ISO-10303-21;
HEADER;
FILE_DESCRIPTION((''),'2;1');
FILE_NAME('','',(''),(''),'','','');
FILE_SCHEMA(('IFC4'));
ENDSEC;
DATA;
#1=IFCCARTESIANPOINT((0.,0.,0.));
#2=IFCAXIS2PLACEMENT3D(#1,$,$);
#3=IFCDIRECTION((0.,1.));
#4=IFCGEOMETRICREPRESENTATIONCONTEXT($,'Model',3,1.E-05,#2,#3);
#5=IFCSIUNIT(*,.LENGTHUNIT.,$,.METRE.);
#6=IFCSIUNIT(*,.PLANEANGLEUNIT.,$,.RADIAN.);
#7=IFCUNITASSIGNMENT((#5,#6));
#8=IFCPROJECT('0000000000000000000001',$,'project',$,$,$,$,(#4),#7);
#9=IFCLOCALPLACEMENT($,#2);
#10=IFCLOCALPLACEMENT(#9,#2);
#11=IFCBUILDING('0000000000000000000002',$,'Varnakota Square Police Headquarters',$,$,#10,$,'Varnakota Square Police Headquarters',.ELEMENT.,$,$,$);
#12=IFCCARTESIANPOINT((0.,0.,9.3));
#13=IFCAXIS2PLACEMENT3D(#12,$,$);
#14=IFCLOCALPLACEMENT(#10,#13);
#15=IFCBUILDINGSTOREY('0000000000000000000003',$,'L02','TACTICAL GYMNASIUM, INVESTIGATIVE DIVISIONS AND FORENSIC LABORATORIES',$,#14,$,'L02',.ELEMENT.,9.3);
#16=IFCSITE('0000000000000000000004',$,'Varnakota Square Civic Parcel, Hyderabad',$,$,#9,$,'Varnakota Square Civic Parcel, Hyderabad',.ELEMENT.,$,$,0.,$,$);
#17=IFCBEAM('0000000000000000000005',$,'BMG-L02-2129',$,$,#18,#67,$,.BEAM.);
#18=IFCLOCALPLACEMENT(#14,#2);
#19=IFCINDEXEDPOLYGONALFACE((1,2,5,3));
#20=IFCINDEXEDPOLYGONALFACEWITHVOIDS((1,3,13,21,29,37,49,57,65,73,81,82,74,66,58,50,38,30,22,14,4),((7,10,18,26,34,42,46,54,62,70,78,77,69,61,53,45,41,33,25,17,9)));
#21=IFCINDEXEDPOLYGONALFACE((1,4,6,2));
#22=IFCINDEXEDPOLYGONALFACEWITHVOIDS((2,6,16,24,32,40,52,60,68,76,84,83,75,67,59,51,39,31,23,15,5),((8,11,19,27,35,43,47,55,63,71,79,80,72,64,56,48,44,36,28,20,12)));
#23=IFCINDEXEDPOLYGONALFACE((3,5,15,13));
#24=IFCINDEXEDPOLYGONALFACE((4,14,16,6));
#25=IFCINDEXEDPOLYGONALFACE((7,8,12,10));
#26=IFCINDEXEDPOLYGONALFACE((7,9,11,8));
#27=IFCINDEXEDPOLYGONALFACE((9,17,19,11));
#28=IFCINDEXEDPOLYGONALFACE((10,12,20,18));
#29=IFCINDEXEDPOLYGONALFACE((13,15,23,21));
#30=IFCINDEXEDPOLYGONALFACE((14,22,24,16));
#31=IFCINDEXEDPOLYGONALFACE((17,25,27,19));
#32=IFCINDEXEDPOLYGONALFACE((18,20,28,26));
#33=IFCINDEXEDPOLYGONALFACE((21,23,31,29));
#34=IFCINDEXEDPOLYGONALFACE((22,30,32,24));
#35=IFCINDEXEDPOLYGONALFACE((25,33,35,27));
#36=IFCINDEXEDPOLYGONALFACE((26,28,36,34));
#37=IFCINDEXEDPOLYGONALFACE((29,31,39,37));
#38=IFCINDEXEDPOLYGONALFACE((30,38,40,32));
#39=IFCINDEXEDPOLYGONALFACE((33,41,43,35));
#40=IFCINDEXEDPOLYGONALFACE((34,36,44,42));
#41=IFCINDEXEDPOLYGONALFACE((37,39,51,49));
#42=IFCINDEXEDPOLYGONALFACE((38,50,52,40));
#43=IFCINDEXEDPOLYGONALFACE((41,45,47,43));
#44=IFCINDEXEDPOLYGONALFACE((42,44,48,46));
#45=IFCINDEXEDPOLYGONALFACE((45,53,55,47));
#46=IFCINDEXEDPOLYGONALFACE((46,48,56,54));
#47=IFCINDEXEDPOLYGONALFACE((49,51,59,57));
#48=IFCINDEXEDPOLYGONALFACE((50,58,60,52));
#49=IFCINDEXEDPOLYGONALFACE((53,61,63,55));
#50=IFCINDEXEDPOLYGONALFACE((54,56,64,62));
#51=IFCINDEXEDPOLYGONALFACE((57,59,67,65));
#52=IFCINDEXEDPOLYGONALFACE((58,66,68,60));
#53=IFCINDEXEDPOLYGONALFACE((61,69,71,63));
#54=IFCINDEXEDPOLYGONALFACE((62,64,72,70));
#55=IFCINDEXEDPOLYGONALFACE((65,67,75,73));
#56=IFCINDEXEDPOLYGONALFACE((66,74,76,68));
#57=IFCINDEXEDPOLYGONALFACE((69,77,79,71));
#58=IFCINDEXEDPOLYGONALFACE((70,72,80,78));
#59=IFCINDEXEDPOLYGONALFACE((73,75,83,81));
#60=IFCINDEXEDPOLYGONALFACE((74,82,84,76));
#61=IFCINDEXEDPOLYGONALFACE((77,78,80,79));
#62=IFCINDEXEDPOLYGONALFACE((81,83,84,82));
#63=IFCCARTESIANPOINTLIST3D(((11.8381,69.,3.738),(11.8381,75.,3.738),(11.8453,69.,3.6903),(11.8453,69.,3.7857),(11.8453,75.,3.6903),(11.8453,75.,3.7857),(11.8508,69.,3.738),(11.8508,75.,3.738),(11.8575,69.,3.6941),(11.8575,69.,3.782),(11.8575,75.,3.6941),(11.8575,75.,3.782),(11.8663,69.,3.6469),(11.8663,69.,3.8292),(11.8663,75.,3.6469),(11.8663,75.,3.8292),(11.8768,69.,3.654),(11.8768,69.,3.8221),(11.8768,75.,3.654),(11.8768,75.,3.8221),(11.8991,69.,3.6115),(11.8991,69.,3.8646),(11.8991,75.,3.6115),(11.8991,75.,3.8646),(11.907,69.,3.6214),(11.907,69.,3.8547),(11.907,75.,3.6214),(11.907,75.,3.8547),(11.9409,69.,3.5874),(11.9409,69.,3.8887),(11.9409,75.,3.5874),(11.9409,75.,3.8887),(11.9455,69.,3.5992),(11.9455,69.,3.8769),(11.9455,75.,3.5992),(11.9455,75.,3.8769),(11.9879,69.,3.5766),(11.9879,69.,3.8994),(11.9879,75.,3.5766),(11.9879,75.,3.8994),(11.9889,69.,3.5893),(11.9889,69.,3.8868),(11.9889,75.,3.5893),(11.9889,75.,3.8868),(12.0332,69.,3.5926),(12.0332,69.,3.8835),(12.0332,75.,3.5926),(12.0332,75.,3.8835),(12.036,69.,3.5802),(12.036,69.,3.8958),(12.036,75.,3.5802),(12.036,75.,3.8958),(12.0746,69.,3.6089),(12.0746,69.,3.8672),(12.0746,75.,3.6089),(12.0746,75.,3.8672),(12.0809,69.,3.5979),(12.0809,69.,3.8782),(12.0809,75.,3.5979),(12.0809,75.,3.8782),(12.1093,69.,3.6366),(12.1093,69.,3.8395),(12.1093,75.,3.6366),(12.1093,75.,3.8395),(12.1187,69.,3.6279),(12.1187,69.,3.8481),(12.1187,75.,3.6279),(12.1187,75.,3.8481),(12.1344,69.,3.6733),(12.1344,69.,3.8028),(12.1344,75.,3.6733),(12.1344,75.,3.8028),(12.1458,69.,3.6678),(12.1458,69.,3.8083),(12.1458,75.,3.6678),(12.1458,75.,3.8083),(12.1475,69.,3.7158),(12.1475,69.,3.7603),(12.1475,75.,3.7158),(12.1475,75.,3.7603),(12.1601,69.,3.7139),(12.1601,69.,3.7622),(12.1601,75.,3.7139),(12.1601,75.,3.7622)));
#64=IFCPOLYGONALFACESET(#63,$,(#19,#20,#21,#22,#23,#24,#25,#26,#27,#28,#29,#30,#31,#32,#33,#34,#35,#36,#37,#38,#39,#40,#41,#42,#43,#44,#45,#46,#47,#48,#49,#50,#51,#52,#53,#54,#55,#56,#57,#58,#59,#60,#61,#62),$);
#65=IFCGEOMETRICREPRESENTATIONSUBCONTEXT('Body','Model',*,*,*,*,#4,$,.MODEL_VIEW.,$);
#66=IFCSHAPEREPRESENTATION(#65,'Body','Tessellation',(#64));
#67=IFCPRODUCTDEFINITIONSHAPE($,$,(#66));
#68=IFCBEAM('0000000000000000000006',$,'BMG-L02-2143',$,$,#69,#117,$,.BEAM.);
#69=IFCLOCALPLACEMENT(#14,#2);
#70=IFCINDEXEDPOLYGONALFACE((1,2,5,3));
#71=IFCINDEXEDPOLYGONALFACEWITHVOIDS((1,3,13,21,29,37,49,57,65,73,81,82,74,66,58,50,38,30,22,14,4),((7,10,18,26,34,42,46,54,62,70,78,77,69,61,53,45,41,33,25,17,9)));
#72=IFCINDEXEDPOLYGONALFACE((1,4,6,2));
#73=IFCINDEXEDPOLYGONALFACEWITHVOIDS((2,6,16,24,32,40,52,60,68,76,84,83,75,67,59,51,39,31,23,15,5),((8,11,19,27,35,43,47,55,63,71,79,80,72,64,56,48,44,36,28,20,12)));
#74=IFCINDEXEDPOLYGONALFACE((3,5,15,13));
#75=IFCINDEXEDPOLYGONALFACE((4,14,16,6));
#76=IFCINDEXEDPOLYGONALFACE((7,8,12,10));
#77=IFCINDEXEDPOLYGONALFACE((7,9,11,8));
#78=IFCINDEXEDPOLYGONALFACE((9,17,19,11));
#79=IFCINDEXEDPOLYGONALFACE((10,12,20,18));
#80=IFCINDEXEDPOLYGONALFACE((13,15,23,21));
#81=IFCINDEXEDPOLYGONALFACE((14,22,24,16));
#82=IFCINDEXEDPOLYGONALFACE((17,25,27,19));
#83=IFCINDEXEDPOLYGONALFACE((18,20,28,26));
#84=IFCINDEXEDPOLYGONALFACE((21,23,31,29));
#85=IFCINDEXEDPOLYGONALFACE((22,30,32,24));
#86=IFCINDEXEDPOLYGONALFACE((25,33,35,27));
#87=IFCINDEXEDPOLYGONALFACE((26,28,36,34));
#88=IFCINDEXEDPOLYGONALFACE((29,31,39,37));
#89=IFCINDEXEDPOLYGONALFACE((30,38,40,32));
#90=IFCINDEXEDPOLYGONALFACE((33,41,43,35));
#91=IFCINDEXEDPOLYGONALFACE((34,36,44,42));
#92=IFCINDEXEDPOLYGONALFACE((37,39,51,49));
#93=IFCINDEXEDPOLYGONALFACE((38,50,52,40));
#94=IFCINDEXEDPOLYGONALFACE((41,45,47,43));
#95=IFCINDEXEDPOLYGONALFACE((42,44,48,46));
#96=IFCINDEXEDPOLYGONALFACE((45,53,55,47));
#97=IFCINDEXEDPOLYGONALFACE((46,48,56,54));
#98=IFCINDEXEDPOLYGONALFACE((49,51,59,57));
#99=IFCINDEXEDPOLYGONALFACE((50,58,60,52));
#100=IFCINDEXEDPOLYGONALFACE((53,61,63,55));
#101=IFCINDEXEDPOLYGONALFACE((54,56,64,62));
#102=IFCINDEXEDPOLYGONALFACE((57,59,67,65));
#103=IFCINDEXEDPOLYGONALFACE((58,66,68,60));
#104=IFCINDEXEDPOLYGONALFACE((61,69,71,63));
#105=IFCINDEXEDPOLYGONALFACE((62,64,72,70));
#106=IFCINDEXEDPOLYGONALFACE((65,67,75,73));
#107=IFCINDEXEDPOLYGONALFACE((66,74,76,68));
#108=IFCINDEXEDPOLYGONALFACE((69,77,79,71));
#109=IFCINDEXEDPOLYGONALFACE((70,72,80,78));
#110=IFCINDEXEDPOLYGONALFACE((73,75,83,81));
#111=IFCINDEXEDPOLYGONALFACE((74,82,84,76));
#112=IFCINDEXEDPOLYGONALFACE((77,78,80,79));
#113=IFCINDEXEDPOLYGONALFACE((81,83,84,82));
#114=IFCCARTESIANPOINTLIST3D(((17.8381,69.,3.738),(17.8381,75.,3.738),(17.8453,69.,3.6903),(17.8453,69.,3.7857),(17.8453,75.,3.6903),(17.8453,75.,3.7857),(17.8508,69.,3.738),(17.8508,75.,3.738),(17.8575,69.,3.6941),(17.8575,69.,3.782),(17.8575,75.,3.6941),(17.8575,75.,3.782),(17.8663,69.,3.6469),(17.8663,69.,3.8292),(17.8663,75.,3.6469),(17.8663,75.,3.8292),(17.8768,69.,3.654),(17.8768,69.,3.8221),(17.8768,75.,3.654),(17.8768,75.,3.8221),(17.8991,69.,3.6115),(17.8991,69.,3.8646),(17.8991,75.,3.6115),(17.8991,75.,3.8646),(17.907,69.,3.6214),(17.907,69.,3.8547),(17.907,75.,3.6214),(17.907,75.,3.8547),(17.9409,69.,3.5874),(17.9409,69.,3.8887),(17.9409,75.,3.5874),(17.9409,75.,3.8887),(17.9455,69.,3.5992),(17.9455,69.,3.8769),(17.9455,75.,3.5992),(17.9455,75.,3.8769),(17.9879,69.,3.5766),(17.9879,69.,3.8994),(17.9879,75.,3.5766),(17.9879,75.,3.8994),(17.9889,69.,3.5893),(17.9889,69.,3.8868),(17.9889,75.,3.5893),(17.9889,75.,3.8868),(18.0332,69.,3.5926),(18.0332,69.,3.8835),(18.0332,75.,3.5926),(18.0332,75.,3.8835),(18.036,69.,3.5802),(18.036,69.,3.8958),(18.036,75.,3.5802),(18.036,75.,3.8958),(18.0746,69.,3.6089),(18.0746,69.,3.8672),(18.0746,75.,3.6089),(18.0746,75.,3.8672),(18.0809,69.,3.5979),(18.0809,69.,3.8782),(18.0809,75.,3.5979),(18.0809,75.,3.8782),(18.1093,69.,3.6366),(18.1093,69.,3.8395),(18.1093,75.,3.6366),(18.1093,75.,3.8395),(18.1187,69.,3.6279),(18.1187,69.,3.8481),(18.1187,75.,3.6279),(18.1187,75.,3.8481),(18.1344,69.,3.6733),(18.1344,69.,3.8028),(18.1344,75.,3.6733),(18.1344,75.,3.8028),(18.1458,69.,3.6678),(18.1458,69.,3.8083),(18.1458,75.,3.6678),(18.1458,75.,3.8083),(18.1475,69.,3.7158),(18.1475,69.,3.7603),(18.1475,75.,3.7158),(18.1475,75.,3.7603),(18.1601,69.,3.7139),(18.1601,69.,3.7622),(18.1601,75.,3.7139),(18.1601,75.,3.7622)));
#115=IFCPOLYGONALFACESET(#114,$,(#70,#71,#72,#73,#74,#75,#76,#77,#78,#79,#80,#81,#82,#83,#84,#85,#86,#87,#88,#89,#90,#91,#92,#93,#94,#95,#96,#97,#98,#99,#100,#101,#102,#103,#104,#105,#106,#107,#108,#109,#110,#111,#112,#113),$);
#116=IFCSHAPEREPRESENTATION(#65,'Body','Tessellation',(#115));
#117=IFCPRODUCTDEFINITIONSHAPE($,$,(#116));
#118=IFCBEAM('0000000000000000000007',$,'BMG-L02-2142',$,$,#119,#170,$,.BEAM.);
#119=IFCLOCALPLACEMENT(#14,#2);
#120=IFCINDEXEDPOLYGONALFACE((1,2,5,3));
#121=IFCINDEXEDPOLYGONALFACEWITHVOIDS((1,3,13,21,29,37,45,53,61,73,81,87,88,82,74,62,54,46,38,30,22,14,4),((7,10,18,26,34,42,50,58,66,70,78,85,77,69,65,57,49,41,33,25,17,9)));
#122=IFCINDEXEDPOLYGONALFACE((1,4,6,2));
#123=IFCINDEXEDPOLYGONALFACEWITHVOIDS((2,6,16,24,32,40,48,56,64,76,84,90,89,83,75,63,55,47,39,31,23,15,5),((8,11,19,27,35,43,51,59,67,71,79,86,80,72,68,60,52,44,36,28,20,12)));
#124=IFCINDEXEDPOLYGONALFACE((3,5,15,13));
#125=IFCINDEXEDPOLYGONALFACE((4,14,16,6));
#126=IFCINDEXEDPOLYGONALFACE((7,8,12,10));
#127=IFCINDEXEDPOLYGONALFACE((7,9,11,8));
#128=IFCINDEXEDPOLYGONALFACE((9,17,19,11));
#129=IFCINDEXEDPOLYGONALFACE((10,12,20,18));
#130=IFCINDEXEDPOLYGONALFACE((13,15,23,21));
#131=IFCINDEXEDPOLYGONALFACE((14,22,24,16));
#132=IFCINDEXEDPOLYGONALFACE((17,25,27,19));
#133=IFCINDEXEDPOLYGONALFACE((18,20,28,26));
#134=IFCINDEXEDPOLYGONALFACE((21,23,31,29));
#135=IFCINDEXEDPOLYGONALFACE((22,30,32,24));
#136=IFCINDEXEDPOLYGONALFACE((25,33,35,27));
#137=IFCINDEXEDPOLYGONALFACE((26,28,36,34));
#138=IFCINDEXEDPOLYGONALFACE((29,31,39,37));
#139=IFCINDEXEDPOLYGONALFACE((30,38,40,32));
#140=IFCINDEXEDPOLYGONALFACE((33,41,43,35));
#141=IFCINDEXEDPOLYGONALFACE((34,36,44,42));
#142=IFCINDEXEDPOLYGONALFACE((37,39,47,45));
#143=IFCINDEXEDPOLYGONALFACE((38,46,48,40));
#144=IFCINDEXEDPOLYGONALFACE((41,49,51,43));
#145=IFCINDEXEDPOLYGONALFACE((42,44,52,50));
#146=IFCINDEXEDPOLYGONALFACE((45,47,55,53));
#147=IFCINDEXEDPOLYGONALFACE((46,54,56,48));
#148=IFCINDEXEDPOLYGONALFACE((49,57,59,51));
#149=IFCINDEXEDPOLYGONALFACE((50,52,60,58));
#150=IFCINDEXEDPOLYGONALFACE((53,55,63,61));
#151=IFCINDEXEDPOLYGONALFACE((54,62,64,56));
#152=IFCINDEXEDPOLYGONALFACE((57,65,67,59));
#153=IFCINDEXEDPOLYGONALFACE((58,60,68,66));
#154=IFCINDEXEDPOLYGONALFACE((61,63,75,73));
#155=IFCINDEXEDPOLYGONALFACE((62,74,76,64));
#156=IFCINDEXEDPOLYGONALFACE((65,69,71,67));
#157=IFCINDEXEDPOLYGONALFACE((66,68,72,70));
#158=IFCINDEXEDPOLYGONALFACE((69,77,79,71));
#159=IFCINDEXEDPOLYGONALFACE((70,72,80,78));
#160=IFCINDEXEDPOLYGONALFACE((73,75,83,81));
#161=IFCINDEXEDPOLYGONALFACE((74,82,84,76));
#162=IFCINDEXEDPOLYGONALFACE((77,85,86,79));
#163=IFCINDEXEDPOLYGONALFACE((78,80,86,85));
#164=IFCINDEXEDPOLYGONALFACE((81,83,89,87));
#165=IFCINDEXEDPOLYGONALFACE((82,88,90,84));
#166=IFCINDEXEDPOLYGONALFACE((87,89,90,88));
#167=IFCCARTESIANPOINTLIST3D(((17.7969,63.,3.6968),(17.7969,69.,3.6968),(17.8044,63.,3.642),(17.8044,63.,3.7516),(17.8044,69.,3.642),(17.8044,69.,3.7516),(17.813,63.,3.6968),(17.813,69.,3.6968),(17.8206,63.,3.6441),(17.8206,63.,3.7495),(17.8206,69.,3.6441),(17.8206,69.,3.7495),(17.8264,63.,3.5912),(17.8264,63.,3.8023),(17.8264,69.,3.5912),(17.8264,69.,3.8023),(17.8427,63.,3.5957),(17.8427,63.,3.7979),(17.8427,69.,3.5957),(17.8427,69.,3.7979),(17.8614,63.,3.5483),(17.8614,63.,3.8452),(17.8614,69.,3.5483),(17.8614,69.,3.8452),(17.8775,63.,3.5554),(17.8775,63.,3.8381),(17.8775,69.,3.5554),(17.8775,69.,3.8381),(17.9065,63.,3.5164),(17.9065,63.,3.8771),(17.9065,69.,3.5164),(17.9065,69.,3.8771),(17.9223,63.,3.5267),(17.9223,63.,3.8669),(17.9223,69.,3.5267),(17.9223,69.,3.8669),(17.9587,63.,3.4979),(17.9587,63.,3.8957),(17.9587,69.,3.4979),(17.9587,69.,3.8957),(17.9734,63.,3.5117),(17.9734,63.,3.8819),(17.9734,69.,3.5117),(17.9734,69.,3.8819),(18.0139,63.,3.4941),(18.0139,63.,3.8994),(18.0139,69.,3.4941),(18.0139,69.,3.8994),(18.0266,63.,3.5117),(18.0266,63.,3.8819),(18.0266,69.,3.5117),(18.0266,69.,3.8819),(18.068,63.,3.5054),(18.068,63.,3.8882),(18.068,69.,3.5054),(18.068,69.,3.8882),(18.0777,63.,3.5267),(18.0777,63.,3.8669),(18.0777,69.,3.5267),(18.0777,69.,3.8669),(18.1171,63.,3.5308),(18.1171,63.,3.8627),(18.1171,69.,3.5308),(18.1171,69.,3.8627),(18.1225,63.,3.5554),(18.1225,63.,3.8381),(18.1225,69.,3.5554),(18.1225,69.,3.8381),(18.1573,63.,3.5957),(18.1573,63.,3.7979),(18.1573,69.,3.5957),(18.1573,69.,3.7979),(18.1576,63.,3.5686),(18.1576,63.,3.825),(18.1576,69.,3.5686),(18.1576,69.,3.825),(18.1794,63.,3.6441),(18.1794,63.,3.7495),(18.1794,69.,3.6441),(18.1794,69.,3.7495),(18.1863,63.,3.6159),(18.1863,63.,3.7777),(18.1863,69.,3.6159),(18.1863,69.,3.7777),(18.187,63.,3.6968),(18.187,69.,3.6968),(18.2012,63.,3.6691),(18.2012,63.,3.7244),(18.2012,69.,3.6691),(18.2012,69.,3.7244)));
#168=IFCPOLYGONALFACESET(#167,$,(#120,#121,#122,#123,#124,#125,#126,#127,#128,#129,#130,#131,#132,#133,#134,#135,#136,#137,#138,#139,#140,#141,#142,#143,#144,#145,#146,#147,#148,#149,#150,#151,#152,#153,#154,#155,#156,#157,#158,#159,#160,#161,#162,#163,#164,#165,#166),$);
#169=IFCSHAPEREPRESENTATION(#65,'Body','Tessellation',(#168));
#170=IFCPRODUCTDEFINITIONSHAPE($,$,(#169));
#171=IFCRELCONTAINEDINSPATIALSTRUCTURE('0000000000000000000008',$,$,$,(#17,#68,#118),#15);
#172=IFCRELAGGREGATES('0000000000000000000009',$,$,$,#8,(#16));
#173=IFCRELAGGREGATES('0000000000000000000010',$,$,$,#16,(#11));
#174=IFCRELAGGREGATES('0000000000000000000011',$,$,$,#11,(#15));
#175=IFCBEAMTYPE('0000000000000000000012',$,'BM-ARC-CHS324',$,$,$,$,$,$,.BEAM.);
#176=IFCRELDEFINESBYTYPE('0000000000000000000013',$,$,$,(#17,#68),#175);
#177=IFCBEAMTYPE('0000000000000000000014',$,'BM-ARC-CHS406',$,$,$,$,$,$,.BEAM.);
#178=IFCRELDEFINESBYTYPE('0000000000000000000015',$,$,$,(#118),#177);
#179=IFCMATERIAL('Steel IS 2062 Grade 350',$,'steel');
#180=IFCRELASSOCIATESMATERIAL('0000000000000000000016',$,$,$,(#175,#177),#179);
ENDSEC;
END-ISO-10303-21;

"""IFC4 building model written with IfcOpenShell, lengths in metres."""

from ifc_helpers import new_model, si_unit, direction, frame, origin, origin_2d, place, context, subcontext, project, spatial, hollow_circle, extrude, material, material_profile, profile_set, type_object, element, save


model = new_model("IFC4")

# Units and contexts
model_context = context("Model", 3, precision=1e-05, world=origin(), true_north=direction((0.0, 1.0)))
body_context = subcontext(model_context, "Body", "Model", "MODEL_VIEW")
ifc_project = project(units=[si_unit("LENGTHUNIT", "METRE"), si_unit("PLANEANGLEUNIT", "RADIAN")], contexts=[model_context])

# Site, building, storey
site_placement = place(None, origin())
site = spatial("IfcSite", under=ifc_project, at=site_placement, Name="Varnakota Square Civic Parcel, Hyderabad", LongName="Varnakota Square Civic Parcel, Hyderabad", CompositionType="ELEMENT", RefElevation=0.0)
building_placement = place(site_placement, origin())
building = spatial("IfcBuilding", under=site, at=building_placement, Name="Varnakota Square Police Headquarters", LongName="Varnakota Square Police Headquarters", CompositionType="ELEMENT")
storey_placement = place(building_placement, frame((0.0, 0.0, 9.3)))
storey = spatial("IfcBuildingStorey", under=building, at=storey_placement, Name="L02", Description="TACTICAL GYMNASIUM, INVESTIGATIVE DIVISIONS AND FORENSIC LABORATORIES", LongName="L02", CompositionType="ELEMENT", Elevation=9.3)

# Shared definitions
ifc_material_1 = material(Name="Steel IS 2062 Grade 350", Category="steel")

# Beams
ifc_material_profile_1 = material_profile(ifc_material_1, hollow_circle(Radius=0.1619, WallThickness=0.0127, at=origin_2d()), Name="CHS 323.9x12.7")
ifc_profile_set_1 = profile_set([ifc_material_profile_1], Name="Steel IS 2062 Grade 350")
beam_type_1 = type_object("IfcBeamType", Name="BM-ARC-CHS324", PredefinedType="BEAM", material=ifc_profile_set_1)
for number, where, z_axis, x_axis, name in (
    (1, (12.0, 69.0, 3.738), (0.0, 1.0, 0.0), (-1.0, 0.0, 0.0), "BMG-L02-2129"),
    (2, (18.0, 69.0, 3.738), (0.0, 1.0, 0.0), (-1.0, 0.0, 0.0), "BMG-L02-2143"),
):
    element("IfcBeam", number, at=place(storey_placement, frame(where, z_axis=z_axis, x_axis=x_axis)), inside=storey, type_object=beam_type_1, Name=name, PredefinedType="BEAM", context=body_context, shape_type="SweptSolid", body=[
        extrude(hollow_circle(Radius=0.1619, WallThickness=0.0127, at=origin_2d()), origin(), (0.0, 0.0, 1.0), 6.0),
    ])
ifc_material_profile_2 = material_profile(ifc_material_1, hollow_circle(Radius=0.2031, WallThickness=0.0161, at=origin_2d()), Name="CHS 406.4x16.0")
ifc_profile_set_2 = profile_set([ifc_material_profile_2], Name="Steel IS 2062 Grade 350")
beam_type_2 = type_object("IfcBeamType", Name="BM-ARC-CHS406", PredefinedType="BEAM", material=ifc_profile_set_2)
beam_1_placement = place(storey_placement, frame((18.0, 63.0, 3.6968), z_axis=(0.0, 1.0, 0.0), x_axis=(-1.0, 0.0, 0.0)))
element("IfcBeam", 3, at=beam_1_placement, inside=storey, type_object=beam_type_2, Name="BMG-L02-2142", PredefinedType="BEAM", context=body_context, shape_type="SweptSolid", body=[
    extrude(hollow_circle(Radius=0.2031, WallThickness=0.0161, at=origin_2d()), origin(), (0.0, 0.0, 1.0), 6.0),
])

save(model, "model.ifc")
